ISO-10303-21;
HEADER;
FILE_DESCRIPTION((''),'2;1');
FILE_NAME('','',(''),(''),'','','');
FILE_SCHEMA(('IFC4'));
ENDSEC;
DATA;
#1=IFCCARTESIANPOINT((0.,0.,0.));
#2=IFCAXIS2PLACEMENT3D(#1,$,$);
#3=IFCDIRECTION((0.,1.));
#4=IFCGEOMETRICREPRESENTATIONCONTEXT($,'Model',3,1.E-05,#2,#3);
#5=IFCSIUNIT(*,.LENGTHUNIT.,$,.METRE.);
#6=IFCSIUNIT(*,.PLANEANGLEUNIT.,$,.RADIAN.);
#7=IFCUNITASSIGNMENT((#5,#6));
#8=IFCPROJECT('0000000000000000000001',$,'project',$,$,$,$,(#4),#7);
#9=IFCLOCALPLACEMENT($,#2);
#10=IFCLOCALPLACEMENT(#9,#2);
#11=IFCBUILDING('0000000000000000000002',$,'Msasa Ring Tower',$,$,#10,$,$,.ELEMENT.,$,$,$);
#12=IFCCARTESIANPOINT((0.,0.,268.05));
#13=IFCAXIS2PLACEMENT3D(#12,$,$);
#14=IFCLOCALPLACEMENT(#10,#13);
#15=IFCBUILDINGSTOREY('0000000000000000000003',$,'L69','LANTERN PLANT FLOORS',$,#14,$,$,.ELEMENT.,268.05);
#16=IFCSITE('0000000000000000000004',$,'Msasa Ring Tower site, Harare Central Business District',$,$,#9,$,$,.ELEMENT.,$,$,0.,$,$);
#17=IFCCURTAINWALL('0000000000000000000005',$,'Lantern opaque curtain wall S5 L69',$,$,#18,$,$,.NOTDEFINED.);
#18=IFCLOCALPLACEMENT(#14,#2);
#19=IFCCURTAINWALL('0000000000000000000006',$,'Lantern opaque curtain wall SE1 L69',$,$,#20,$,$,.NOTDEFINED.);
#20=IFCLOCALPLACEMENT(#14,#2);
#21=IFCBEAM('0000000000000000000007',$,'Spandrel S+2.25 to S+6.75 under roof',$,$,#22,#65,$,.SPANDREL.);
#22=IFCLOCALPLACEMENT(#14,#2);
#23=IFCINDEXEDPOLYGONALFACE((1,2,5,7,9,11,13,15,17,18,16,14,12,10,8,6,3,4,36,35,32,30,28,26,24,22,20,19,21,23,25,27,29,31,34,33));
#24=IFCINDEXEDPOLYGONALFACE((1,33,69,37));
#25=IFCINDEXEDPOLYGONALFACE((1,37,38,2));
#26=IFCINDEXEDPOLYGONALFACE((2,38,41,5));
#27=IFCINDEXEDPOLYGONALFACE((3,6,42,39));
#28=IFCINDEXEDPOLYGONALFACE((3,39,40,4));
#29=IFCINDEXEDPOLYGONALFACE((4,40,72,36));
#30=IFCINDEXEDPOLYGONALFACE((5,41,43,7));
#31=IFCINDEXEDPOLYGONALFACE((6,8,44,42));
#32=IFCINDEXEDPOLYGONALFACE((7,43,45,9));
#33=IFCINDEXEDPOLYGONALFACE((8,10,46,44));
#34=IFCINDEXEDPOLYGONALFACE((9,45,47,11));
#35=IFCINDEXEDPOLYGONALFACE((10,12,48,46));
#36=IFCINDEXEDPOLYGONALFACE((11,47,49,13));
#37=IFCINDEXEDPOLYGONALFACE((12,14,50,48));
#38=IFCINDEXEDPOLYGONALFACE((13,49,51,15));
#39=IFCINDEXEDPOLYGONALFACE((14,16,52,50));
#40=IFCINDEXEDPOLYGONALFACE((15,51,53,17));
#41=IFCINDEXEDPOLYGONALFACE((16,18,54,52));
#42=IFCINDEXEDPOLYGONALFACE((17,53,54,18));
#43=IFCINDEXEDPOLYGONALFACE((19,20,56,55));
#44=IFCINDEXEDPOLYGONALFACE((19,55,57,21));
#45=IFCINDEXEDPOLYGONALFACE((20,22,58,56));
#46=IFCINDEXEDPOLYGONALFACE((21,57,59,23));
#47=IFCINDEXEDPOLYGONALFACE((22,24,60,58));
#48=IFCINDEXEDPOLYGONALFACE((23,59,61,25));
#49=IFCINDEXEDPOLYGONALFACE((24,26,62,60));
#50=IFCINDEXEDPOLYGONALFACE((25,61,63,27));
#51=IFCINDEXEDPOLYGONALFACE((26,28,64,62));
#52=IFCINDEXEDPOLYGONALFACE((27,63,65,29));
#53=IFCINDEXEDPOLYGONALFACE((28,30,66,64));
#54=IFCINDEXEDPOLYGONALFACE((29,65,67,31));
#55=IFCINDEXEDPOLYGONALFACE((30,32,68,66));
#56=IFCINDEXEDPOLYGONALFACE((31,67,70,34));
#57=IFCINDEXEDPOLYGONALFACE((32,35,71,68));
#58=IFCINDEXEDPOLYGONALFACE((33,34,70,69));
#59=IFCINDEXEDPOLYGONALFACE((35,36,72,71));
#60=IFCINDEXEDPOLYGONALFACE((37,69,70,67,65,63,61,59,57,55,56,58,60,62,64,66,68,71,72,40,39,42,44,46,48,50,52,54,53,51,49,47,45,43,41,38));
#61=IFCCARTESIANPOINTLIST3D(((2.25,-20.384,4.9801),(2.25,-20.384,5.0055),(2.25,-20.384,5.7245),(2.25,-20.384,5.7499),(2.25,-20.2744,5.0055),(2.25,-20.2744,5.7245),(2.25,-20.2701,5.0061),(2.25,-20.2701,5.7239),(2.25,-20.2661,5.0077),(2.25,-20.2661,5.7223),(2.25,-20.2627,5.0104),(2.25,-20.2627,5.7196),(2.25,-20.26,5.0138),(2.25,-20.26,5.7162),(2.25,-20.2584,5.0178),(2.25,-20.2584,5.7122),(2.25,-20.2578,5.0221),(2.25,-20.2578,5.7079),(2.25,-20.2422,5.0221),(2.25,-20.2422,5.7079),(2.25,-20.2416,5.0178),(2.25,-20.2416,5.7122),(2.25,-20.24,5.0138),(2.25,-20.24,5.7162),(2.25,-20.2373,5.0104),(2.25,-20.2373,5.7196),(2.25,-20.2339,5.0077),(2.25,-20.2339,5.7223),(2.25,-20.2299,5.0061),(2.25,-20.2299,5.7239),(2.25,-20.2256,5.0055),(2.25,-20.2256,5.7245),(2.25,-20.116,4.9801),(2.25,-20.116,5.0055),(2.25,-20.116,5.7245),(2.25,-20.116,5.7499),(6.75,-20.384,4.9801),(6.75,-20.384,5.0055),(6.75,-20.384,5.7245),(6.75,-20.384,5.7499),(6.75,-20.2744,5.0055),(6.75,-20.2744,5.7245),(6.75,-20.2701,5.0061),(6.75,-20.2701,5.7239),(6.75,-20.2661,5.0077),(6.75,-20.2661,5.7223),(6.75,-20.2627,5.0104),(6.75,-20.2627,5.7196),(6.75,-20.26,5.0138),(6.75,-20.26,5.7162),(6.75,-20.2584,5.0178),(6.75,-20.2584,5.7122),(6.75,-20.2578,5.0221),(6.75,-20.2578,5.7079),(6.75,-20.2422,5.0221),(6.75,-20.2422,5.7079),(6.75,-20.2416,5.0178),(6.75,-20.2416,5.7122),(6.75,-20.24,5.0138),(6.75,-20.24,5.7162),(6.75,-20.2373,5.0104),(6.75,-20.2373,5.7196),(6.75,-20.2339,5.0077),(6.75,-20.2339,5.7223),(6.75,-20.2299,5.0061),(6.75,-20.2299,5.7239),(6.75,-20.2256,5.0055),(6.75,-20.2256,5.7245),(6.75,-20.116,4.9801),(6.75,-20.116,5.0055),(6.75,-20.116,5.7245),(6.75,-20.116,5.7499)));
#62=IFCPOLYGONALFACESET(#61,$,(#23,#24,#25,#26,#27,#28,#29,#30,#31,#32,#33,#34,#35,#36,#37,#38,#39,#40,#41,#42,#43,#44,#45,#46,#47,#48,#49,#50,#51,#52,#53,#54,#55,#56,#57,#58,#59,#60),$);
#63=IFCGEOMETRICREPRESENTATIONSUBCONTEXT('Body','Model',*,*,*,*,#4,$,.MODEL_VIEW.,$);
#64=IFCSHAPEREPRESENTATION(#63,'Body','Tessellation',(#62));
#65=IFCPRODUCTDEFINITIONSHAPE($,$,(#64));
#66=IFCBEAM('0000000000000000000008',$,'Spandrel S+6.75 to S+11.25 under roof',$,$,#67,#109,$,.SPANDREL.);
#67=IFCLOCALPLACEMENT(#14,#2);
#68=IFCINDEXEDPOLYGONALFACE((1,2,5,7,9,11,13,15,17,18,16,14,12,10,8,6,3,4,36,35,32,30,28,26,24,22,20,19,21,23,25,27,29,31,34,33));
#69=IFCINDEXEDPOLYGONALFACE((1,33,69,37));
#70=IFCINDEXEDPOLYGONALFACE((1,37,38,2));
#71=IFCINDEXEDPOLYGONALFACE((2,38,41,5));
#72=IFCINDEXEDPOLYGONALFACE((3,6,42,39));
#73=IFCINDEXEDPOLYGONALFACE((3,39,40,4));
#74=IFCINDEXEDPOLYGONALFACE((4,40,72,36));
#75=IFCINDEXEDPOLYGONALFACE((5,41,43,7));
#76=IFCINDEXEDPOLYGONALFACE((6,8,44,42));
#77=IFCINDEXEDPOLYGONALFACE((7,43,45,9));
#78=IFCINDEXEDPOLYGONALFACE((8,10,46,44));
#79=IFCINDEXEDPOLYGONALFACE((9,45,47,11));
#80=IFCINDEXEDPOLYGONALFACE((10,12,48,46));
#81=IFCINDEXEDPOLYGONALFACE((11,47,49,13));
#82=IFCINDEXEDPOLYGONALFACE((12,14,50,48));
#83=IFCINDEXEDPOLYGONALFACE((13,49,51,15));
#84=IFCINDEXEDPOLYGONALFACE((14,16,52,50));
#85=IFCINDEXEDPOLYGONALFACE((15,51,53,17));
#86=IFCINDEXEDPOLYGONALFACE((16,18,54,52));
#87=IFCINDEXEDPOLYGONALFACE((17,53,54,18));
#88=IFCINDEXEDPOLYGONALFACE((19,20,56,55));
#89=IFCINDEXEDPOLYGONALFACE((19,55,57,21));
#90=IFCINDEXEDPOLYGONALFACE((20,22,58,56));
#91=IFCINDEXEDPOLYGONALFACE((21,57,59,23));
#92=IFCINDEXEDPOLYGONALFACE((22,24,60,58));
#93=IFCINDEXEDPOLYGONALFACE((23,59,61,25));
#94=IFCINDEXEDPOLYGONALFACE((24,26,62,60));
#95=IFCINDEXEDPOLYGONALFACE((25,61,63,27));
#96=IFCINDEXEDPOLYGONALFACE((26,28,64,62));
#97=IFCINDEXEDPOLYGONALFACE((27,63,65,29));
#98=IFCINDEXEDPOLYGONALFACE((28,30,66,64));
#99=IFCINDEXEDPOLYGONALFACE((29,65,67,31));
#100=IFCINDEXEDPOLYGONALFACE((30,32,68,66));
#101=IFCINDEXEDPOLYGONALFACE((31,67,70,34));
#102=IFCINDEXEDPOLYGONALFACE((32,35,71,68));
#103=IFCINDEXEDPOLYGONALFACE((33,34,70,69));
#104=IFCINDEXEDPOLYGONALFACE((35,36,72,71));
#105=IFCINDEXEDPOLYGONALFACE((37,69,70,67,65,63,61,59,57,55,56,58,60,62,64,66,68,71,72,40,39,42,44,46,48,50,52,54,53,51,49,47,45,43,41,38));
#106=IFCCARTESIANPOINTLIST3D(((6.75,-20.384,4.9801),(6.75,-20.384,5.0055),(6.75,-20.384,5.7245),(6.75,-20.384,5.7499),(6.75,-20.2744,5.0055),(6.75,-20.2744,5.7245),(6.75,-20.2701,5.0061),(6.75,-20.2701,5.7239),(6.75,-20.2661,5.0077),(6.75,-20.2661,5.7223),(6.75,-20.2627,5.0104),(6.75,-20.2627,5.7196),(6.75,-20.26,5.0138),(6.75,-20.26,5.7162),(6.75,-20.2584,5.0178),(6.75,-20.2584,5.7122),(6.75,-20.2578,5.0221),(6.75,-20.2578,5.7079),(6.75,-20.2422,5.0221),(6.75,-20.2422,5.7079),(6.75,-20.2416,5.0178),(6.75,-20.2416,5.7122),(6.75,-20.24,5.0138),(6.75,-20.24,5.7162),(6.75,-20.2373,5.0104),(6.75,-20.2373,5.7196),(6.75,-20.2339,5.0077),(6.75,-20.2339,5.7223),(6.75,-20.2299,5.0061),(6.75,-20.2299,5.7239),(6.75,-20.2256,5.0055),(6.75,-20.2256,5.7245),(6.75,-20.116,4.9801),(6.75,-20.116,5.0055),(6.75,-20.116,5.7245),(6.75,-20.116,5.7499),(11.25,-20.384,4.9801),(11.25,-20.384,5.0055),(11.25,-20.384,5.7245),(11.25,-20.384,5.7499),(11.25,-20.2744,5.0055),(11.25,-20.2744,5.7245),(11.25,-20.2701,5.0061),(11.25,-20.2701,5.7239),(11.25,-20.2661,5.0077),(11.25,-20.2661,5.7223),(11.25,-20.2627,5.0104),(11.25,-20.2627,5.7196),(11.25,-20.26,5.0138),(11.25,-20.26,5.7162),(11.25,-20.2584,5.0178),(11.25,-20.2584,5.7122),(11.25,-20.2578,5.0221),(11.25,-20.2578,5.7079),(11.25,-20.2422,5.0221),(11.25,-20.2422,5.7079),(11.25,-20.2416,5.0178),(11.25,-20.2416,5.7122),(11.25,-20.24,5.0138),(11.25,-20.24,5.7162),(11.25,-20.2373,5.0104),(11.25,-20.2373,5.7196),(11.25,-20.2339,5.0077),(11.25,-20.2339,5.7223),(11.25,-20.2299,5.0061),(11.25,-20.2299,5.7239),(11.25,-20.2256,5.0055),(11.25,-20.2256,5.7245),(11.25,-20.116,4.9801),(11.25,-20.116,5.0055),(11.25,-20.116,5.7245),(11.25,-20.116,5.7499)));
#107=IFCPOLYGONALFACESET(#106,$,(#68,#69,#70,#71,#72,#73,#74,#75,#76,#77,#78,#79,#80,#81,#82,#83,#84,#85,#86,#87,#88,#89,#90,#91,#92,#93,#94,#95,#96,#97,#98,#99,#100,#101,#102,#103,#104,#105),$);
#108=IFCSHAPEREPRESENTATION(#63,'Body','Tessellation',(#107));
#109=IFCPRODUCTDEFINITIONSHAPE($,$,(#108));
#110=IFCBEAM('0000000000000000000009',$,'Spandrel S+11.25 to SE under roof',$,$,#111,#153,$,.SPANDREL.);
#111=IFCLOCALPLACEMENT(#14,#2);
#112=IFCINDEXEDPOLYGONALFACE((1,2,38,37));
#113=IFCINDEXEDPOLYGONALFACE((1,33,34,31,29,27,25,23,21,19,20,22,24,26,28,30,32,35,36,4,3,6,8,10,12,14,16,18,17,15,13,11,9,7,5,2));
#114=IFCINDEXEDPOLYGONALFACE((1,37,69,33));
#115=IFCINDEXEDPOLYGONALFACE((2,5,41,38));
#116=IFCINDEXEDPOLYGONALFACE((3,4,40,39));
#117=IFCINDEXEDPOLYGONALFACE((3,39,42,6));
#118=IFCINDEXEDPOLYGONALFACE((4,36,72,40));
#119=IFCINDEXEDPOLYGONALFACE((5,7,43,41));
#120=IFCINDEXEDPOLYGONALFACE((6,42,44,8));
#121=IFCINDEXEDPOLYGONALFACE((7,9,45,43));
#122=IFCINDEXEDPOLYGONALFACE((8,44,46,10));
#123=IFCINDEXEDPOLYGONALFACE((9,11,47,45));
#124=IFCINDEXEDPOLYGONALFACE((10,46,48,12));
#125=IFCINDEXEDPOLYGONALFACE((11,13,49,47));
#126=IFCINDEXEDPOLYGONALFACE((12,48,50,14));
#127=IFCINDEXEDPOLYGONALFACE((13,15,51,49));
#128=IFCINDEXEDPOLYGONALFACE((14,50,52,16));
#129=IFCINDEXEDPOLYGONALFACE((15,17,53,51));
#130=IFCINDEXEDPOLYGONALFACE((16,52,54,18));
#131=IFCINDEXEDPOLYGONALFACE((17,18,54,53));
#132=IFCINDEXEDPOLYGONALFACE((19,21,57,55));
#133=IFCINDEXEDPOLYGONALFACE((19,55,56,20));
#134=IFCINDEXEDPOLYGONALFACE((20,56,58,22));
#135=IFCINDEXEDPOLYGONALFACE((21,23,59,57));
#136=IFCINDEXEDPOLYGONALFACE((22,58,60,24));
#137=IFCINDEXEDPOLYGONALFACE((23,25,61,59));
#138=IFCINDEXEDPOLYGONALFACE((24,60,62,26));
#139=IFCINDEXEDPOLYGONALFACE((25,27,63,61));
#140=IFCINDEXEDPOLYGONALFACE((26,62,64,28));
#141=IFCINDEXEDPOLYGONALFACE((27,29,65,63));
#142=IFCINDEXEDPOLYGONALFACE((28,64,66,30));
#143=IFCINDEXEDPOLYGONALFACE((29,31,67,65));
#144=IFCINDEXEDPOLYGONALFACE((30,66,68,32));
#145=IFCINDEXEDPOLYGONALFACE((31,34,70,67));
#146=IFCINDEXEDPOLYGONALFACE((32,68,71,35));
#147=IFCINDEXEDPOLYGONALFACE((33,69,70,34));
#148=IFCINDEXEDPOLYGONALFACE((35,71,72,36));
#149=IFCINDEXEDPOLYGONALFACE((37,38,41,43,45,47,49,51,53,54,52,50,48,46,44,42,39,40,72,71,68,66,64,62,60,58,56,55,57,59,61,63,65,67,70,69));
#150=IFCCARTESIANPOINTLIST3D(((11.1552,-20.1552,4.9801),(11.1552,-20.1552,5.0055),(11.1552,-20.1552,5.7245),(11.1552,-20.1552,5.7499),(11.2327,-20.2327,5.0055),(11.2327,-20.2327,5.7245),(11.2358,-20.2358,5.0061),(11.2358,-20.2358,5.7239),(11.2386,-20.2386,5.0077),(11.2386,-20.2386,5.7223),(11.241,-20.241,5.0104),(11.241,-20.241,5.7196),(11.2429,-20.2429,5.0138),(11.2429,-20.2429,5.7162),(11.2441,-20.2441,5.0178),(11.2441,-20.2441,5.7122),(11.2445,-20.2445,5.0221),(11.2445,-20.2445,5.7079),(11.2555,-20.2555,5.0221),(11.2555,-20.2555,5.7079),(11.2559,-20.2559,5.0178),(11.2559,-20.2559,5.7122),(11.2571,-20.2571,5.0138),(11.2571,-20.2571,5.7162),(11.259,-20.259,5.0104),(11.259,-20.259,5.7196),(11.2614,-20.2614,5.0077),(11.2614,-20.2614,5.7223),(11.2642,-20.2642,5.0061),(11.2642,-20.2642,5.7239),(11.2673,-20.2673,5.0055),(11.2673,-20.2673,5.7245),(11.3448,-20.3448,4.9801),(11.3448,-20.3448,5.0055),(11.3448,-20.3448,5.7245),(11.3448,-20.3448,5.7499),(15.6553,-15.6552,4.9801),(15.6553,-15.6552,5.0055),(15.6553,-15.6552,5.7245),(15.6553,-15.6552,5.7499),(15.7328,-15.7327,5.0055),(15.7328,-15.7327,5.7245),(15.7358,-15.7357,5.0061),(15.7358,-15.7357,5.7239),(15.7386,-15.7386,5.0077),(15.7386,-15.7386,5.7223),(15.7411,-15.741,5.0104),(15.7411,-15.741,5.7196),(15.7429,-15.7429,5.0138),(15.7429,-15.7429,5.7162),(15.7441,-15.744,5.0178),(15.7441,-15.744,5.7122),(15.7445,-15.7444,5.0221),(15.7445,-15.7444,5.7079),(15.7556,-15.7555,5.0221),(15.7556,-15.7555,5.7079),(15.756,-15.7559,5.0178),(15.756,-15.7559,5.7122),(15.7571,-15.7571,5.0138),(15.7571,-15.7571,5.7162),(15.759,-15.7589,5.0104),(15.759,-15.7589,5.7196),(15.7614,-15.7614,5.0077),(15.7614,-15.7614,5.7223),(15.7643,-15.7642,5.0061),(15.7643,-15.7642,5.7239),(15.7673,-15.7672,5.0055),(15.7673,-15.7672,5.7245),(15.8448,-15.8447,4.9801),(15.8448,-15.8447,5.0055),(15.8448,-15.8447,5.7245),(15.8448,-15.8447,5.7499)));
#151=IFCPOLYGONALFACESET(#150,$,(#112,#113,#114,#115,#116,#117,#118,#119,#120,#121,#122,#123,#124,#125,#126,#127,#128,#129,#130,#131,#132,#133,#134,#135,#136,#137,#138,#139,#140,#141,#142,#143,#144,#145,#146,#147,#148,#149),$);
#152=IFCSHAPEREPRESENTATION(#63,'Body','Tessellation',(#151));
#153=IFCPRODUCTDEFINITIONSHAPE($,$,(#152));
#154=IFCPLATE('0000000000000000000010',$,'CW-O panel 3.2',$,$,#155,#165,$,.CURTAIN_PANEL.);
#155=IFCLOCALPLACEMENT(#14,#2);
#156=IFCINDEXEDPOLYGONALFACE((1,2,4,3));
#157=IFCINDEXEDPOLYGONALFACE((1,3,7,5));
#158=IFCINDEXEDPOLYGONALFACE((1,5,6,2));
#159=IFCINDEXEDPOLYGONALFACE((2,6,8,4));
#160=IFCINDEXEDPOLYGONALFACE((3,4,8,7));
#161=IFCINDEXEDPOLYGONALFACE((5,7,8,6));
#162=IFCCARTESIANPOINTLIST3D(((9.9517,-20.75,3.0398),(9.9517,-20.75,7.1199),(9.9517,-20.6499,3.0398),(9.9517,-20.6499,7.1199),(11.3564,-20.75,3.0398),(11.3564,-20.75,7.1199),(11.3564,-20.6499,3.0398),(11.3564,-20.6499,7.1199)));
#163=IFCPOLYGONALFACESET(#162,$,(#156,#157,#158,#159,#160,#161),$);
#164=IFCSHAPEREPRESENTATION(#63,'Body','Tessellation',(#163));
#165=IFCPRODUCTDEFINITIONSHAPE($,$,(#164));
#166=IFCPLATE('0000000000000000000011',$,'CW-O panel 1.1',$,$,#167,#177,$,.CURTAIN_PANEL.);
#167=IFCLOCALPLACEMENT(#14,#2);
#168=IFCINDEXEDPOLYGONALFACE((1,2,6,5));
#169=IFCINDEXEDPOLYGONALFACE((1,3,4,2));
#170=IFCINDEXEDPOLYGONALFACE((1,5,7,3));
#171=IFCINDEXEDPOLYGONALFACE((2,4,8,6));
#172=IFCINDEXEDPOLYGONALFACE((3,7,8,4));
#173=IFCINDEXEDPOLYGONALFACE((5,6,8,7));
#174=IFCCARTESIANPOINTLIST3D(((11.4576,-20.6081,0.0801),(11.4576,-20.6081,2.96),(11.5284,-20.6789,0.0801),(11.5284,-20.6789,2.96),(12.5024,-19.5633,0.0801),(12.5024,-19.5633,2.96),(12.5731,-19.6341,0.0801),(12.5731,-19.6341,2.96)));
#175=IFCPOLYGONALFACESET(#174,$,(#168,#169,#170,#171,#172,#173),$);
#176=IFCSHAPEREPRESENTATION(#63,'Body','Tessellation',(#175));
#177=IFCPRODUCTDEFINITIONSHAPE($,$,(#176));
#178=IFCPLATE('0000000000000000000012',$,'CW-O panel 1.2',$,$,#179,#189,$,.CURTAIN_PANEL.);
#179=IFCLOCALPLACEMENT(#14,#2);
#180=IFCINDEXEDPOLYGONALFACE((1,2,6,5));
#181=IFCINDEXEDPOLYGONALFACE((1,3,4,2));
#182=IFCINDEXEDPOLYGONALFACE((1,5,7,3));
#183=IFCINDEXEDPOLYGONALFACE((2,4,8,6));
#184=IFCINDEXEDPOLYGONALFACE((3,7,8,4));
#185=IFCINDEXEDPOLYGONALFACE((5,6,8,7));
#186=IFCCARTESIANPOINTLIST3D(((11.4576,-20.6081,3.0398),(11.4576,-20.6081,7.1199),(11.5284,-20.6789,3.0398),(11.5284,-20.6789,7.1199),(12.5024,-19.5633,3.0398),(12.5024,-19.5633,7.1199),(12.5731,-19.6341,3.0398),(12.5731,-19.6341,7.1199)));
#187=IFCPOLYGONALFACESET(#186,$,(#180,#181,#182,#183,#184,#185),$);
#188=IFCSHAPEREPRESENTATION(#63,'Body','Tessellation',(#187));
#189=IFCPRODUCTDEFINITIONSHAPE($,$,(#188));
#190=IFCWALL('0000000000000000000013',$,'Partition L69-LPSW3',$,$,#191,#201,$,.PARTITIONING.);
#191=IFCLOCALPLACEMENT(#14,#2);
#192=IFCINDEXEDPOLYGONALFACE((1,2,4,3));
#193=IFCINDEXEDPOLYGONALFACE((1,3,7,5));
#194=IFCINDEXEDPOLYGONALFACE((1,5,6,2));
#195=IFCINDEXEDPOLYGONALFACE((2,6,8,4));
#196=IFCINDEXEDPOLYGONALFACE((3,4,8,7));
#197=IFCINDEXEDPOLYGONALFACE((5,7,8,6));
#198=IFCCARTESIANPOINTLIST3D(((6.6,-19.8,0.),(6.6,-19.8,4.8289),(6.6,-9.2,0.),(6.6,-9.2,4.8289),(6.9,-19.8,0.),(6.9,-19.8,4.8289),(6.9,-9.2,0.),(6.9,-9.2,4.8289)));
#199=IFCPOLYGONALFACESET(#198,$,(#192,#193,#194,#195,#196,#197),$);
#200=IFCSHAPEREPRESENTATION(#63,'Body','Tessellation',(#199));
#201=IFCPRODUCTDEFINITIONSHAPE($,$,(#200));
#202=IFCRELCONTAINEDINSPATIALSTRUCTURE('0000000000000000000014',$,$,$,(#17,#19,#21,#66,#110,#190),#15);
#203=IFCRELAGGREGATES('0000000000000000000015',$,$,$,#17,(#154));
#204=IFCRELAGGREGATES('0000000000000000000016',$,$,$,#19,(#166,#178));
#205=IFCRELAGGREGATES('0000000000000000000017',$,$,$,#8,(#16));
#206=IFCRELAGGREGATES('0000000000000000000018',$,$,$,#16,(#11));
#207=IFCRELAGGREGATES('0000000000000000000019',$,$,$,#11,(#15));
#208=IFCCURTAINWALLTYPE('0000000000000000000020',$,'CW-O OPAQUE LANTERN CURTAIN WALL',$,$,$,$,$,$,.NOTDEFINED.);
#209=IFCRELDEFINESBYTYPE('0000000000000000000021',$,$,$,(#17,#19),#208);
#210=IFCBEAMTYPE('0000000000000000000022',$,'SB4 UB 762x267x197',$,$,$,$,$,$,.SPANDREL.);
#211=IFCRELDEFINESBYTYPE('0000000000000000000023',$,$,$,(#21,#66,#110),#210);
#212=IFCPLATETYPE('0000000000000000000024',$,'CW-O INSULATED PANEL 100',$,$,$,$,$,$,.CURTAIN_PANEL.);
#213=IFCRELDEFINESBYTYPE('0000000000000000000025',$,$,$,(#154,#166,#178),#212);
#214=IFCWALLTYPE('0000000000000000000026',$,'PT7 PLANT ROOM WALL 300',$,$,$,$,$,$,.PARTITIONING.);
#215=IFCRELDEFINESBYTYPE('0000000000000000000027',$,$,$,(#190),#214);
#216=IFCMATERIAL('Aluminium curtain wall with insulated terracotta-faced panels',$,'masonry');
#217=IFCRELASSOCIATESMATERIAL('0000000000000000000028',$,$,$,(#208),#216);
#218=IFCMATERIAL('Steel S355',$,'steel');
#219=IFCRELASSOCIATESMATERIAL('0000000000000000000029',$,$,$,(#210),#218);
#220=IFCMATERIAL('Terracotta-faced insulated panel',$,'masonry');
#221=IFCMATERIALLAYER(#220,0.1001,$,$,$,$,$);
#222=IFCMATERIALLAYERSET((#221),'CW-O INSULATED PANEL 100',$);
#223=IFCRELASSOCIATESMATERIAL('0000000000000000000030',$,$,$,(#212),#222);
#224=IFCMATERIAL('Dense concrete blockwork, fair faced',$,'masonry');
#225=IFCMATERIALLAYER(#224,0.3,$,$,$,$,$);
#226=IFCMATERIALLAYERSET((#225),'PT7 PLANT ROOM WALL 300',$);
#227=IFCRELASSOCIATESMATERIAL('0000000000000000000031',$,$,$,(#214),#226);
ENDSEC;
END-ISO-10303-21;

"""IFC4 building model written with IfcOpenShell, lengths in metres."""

from ifc_helpers import new_model, si_unit, direction, frame, frame_2d, origin, origin_2d, place, context, subcontext, project, spatial, rectangle, i_section, extrude, material, layer, layer_set, material_profile, profile_set, type_object, element, aggregate, save


model = new_model("IFC4")

# Units and contexts
model_context = context("Model", 3, precision=1e-05, world=origin(), true_north=direction((0.0, 1.0)))
body_context = subcontext(model_context, "Body", "Model", "MODEL_VIEW")
ifc_project = project(units=[si_unit("LENGTHUNIT", "METRE"), si_unit("PLANEANGLEUNIT", "RADIAN")], contexts=[model_context])

# Site, building, storey
site_placement = place(None, origin())
site = spatial("IfcSite", under=ifc_project, at=site_placement, Name="Msasa Ring Tower site, Harare Central Business District", CompositionType="ELEMENT", RefElevation=0.0)
building_placement = place(site_placement, origin())
building = spatial("IfcBuilding", under=site, at=building_placement, Name="Msasa Ring Tower", CompositionType="ELEMENT")
storey_placement = place(building_placement, frame((0.0, 0.0, 268.05)))
storey = spatial("IfcBuildingStorey", under=building, at=storey_placement, Name="L69", Description="LANTERN PLANT FLOORS", CompositionType="ELEMENT", Elevation=268.05)

# Curtain wall
ifc_material_1 = material(Name="Aluminium curtain wall with insulated terracotta-faced panels", Category="masonry")
curtain_wall_type_1 = type_object("IfcCurtainWallType", Name="CW-O OPAQUE LANTERN CURTAIN WALL", PredefinedType="NOTDEFINED", material=ifc_material_1)
curtain_wall_1_placement = place(storey_placement, origin())
curtain_wall_1 = element("IfcCurtainWall", 1, at=curtain_wall_1_placement, inside=storey, type_object=curtain_wall_type_1, Name="Lantern opaque curtain wall S5 L69", PredefinedType="NOTDEFINED")

# Curtain wall
curtain_wall_2_placement = place(storey_placement, origin())
curtain_wall_2 = element("IfcCurtainWall", 2, at=curtain_wall_2_placement, inside=storey, type_object=curtain_wall_type_1, Name="Lantern opaque curtain wall SE1 L69", PredefinedType="NOTDEFINED")

# Beams
ifc_material_2 = material(Name="Steel S355", Category="steel")
ifc_material_profile_1 = material_profile(ifc_material_2, i_section(OverallWidth=0.2681, OverallDepth=0.7698, WebThickness=0.0156, FlangeThickness=0.0254, FilletRadius=0.0166, at=origin_2d()), Name="UB 762x267x197")
ifc_profile_set_1 = profile_set([ifc_material_profile_1], Name="Steel S355")
beam_type_1 = type_object("IfcBeamType", Name="SB4 UB 762x267x197", PredefinedType="SPANDREL", material=ifc_profile_set_1)
for number, where, z_axis, x_axis, name in (
    (3, (2.25, -20.25, 5.365), (1.0, 0.0, 0.0), (0.0, 1.0, 0.0), "Spandrel S+2.25 to S+6.75 under roof"),
    (4, (6.75, -20.25, 5.365), (1.0, 0.0, 0.0), (0.0, 1.0, 0.0), "Spandrel S+6.75 to S+11.25 under roof"),
):
    element("IfcBeam", number, at=place(storey_placement, frame(where, z_axis=z_axis, x_axis=x_axis)), inside=storey, type_object=beam_type_1, Name=name, PredefinedType="SPANDREL", context=body_context, shape_type="SweptSolid", body=[
        extrude(i_section(OverallWidth=0.2681, OverallDepth=0.7698, WebThickness=0.0156, FlangeThickness=0.0254, FilletRadius=0.0166, at=origin_2d()), origin(), (0.0, 0.0, 1.0), 4.5),
    ])
beam_1_placement = place(storey_placement, frame((11.25, -20.25, 5.365), z_axis=(0.707107, 0.707107, 0.0), x_axis=(-0.707107, 0.707107, 0.0)))
element("IfcBeam", 5, at=beam_1_placement, inside=storey, type_object=beam_type_1, Name="Spandrel S+11.25 to SE under roof", PredefinedType="SPANDREL", context=body_context, shape_type="SweptSolid", body=[
    extrude(i_section(OverallWidth=0.2681, OverallDepth=0.7698, WebThickness=0.0156, FlangeThickness=0.0254, FilletRadius=0.0166, at=origin_2d()), origin(), (0.0, 0.0, 1.0), 6.364),
])

# Plates
ifc_material_3 = material(Name="Terracotta-faced insulated panel", Category="masonry")
ifc_layer_1 = layer(ifc_material_3, 0.1001)
ifc_layer_set_1 = layer_set([ifc_layer_1], Name="CW-O INSULATED PANEL 100")
plate_type = type_object("IfcPlateType", Name="CW-O INSULATED PANEL 100", PredefinedType="CURTAIN_PANEL", material=ifc_layer_set_1)
plate_1_placement = place(storey_placement, frame((10.6541, -20.7, 3.0398), z_axis=(0.0, 0.0, 1.0), x_axis=(1.0, 0.0, 0.0)))
plate_1 = element("IfcPlate", 6, at=plate_1_placement, type_object=plate_type, Name="CW-O panel 3.2", PredefinedType="CURTAIN_PANEL", context=body_context, shape_type="SweptSolid", body=[
    extrude(rectangle(XDim=1.4048, YDim=0.1001, at=origin_2d()), origin(), (0.0, 0.0, 1.0), 4.0801),
])
aggregate(curtain_wall_1, [plate_1])
plate_2_placement = place(storey_placement, frame((12.0154, -20.1211, 0.0801), z_axis=(0.0, 0.0, 1.0), x_axis=(0.707076, 0.707137, 0.0)))
plate_2 = element("IfcPlate", 7, at=plate_2_placement, type_object=plate_type, Name="CW-O panel 1.1", PredefinedType="CURTAIN_PANEL", context=body_context, shape_type="SweptSolid", body=[
    extrude(rectangle(XDim=1.4775, YDim=0.1001, at=origin_2d()), origin(), (0.0, 0.0, 1.0), 2.8799),
])
plate_3_placement = place(storey_placement, frame((12.0154, -20.1211, 3.0398), z_axis=(0.0, 0.0, 1.0), x_axis=(0.707076, 0.707137, 0.0)))
plate_3 = element("IfcPlate", 8, at=plate_3_placement, type_object=plate_type, Name="CW-O panel 1.2", PredefinedType="CURTAIN_PANEL", context=body_context, shape_type="SweptSolid", body=[
    extrude(rectangle(XDim=1.4775, YDim=0.1001, at=origin_2d()), origin(), (0.0, 0.0, 1.0), 4.0801),
])
aggregate(curtain_wall_2, [plate_2, plate_3])

# Wall
ifc_material_4 = material(Name="Dense concrete blockwork, fair faced", Category="masonry")
ifc_layer_2 = layer(ifc_material_4, 0.3)
ifc_layer_set_2 = layer_set([ifc_layer_2], Name="PT7 PLANT ROOM WALL 300")
wall_type_1 = type_object("IfcWallType", Name="PT7 PLANT ROOM WALL 300", PredefinedType="PARTITIONING", material=ifc_layer_set_2)
wall_1_placement = place(storey_placement, frame((6.75, -19.8, 0.0), z_axis=(0.0, 0.0, 1.0), x_axis=(0.0, 1.0, 0.0)))
element("IfcWall", 9, at=wall_1_placement, inside=storey, type_object=wall_type_1, Name="Partition L69-LPSW3", PredefinedType="PARTITIONING", context=body_context, shape_type="SweptSolid", body=[
    extrude(rectangle(XDim=10.6001, YDim=0.3, at=frame_2d((5.3, 0.0))), origin(), (0.0, 0.0, 1.0), 4.8289),
])

save(model, "model.ifc")
